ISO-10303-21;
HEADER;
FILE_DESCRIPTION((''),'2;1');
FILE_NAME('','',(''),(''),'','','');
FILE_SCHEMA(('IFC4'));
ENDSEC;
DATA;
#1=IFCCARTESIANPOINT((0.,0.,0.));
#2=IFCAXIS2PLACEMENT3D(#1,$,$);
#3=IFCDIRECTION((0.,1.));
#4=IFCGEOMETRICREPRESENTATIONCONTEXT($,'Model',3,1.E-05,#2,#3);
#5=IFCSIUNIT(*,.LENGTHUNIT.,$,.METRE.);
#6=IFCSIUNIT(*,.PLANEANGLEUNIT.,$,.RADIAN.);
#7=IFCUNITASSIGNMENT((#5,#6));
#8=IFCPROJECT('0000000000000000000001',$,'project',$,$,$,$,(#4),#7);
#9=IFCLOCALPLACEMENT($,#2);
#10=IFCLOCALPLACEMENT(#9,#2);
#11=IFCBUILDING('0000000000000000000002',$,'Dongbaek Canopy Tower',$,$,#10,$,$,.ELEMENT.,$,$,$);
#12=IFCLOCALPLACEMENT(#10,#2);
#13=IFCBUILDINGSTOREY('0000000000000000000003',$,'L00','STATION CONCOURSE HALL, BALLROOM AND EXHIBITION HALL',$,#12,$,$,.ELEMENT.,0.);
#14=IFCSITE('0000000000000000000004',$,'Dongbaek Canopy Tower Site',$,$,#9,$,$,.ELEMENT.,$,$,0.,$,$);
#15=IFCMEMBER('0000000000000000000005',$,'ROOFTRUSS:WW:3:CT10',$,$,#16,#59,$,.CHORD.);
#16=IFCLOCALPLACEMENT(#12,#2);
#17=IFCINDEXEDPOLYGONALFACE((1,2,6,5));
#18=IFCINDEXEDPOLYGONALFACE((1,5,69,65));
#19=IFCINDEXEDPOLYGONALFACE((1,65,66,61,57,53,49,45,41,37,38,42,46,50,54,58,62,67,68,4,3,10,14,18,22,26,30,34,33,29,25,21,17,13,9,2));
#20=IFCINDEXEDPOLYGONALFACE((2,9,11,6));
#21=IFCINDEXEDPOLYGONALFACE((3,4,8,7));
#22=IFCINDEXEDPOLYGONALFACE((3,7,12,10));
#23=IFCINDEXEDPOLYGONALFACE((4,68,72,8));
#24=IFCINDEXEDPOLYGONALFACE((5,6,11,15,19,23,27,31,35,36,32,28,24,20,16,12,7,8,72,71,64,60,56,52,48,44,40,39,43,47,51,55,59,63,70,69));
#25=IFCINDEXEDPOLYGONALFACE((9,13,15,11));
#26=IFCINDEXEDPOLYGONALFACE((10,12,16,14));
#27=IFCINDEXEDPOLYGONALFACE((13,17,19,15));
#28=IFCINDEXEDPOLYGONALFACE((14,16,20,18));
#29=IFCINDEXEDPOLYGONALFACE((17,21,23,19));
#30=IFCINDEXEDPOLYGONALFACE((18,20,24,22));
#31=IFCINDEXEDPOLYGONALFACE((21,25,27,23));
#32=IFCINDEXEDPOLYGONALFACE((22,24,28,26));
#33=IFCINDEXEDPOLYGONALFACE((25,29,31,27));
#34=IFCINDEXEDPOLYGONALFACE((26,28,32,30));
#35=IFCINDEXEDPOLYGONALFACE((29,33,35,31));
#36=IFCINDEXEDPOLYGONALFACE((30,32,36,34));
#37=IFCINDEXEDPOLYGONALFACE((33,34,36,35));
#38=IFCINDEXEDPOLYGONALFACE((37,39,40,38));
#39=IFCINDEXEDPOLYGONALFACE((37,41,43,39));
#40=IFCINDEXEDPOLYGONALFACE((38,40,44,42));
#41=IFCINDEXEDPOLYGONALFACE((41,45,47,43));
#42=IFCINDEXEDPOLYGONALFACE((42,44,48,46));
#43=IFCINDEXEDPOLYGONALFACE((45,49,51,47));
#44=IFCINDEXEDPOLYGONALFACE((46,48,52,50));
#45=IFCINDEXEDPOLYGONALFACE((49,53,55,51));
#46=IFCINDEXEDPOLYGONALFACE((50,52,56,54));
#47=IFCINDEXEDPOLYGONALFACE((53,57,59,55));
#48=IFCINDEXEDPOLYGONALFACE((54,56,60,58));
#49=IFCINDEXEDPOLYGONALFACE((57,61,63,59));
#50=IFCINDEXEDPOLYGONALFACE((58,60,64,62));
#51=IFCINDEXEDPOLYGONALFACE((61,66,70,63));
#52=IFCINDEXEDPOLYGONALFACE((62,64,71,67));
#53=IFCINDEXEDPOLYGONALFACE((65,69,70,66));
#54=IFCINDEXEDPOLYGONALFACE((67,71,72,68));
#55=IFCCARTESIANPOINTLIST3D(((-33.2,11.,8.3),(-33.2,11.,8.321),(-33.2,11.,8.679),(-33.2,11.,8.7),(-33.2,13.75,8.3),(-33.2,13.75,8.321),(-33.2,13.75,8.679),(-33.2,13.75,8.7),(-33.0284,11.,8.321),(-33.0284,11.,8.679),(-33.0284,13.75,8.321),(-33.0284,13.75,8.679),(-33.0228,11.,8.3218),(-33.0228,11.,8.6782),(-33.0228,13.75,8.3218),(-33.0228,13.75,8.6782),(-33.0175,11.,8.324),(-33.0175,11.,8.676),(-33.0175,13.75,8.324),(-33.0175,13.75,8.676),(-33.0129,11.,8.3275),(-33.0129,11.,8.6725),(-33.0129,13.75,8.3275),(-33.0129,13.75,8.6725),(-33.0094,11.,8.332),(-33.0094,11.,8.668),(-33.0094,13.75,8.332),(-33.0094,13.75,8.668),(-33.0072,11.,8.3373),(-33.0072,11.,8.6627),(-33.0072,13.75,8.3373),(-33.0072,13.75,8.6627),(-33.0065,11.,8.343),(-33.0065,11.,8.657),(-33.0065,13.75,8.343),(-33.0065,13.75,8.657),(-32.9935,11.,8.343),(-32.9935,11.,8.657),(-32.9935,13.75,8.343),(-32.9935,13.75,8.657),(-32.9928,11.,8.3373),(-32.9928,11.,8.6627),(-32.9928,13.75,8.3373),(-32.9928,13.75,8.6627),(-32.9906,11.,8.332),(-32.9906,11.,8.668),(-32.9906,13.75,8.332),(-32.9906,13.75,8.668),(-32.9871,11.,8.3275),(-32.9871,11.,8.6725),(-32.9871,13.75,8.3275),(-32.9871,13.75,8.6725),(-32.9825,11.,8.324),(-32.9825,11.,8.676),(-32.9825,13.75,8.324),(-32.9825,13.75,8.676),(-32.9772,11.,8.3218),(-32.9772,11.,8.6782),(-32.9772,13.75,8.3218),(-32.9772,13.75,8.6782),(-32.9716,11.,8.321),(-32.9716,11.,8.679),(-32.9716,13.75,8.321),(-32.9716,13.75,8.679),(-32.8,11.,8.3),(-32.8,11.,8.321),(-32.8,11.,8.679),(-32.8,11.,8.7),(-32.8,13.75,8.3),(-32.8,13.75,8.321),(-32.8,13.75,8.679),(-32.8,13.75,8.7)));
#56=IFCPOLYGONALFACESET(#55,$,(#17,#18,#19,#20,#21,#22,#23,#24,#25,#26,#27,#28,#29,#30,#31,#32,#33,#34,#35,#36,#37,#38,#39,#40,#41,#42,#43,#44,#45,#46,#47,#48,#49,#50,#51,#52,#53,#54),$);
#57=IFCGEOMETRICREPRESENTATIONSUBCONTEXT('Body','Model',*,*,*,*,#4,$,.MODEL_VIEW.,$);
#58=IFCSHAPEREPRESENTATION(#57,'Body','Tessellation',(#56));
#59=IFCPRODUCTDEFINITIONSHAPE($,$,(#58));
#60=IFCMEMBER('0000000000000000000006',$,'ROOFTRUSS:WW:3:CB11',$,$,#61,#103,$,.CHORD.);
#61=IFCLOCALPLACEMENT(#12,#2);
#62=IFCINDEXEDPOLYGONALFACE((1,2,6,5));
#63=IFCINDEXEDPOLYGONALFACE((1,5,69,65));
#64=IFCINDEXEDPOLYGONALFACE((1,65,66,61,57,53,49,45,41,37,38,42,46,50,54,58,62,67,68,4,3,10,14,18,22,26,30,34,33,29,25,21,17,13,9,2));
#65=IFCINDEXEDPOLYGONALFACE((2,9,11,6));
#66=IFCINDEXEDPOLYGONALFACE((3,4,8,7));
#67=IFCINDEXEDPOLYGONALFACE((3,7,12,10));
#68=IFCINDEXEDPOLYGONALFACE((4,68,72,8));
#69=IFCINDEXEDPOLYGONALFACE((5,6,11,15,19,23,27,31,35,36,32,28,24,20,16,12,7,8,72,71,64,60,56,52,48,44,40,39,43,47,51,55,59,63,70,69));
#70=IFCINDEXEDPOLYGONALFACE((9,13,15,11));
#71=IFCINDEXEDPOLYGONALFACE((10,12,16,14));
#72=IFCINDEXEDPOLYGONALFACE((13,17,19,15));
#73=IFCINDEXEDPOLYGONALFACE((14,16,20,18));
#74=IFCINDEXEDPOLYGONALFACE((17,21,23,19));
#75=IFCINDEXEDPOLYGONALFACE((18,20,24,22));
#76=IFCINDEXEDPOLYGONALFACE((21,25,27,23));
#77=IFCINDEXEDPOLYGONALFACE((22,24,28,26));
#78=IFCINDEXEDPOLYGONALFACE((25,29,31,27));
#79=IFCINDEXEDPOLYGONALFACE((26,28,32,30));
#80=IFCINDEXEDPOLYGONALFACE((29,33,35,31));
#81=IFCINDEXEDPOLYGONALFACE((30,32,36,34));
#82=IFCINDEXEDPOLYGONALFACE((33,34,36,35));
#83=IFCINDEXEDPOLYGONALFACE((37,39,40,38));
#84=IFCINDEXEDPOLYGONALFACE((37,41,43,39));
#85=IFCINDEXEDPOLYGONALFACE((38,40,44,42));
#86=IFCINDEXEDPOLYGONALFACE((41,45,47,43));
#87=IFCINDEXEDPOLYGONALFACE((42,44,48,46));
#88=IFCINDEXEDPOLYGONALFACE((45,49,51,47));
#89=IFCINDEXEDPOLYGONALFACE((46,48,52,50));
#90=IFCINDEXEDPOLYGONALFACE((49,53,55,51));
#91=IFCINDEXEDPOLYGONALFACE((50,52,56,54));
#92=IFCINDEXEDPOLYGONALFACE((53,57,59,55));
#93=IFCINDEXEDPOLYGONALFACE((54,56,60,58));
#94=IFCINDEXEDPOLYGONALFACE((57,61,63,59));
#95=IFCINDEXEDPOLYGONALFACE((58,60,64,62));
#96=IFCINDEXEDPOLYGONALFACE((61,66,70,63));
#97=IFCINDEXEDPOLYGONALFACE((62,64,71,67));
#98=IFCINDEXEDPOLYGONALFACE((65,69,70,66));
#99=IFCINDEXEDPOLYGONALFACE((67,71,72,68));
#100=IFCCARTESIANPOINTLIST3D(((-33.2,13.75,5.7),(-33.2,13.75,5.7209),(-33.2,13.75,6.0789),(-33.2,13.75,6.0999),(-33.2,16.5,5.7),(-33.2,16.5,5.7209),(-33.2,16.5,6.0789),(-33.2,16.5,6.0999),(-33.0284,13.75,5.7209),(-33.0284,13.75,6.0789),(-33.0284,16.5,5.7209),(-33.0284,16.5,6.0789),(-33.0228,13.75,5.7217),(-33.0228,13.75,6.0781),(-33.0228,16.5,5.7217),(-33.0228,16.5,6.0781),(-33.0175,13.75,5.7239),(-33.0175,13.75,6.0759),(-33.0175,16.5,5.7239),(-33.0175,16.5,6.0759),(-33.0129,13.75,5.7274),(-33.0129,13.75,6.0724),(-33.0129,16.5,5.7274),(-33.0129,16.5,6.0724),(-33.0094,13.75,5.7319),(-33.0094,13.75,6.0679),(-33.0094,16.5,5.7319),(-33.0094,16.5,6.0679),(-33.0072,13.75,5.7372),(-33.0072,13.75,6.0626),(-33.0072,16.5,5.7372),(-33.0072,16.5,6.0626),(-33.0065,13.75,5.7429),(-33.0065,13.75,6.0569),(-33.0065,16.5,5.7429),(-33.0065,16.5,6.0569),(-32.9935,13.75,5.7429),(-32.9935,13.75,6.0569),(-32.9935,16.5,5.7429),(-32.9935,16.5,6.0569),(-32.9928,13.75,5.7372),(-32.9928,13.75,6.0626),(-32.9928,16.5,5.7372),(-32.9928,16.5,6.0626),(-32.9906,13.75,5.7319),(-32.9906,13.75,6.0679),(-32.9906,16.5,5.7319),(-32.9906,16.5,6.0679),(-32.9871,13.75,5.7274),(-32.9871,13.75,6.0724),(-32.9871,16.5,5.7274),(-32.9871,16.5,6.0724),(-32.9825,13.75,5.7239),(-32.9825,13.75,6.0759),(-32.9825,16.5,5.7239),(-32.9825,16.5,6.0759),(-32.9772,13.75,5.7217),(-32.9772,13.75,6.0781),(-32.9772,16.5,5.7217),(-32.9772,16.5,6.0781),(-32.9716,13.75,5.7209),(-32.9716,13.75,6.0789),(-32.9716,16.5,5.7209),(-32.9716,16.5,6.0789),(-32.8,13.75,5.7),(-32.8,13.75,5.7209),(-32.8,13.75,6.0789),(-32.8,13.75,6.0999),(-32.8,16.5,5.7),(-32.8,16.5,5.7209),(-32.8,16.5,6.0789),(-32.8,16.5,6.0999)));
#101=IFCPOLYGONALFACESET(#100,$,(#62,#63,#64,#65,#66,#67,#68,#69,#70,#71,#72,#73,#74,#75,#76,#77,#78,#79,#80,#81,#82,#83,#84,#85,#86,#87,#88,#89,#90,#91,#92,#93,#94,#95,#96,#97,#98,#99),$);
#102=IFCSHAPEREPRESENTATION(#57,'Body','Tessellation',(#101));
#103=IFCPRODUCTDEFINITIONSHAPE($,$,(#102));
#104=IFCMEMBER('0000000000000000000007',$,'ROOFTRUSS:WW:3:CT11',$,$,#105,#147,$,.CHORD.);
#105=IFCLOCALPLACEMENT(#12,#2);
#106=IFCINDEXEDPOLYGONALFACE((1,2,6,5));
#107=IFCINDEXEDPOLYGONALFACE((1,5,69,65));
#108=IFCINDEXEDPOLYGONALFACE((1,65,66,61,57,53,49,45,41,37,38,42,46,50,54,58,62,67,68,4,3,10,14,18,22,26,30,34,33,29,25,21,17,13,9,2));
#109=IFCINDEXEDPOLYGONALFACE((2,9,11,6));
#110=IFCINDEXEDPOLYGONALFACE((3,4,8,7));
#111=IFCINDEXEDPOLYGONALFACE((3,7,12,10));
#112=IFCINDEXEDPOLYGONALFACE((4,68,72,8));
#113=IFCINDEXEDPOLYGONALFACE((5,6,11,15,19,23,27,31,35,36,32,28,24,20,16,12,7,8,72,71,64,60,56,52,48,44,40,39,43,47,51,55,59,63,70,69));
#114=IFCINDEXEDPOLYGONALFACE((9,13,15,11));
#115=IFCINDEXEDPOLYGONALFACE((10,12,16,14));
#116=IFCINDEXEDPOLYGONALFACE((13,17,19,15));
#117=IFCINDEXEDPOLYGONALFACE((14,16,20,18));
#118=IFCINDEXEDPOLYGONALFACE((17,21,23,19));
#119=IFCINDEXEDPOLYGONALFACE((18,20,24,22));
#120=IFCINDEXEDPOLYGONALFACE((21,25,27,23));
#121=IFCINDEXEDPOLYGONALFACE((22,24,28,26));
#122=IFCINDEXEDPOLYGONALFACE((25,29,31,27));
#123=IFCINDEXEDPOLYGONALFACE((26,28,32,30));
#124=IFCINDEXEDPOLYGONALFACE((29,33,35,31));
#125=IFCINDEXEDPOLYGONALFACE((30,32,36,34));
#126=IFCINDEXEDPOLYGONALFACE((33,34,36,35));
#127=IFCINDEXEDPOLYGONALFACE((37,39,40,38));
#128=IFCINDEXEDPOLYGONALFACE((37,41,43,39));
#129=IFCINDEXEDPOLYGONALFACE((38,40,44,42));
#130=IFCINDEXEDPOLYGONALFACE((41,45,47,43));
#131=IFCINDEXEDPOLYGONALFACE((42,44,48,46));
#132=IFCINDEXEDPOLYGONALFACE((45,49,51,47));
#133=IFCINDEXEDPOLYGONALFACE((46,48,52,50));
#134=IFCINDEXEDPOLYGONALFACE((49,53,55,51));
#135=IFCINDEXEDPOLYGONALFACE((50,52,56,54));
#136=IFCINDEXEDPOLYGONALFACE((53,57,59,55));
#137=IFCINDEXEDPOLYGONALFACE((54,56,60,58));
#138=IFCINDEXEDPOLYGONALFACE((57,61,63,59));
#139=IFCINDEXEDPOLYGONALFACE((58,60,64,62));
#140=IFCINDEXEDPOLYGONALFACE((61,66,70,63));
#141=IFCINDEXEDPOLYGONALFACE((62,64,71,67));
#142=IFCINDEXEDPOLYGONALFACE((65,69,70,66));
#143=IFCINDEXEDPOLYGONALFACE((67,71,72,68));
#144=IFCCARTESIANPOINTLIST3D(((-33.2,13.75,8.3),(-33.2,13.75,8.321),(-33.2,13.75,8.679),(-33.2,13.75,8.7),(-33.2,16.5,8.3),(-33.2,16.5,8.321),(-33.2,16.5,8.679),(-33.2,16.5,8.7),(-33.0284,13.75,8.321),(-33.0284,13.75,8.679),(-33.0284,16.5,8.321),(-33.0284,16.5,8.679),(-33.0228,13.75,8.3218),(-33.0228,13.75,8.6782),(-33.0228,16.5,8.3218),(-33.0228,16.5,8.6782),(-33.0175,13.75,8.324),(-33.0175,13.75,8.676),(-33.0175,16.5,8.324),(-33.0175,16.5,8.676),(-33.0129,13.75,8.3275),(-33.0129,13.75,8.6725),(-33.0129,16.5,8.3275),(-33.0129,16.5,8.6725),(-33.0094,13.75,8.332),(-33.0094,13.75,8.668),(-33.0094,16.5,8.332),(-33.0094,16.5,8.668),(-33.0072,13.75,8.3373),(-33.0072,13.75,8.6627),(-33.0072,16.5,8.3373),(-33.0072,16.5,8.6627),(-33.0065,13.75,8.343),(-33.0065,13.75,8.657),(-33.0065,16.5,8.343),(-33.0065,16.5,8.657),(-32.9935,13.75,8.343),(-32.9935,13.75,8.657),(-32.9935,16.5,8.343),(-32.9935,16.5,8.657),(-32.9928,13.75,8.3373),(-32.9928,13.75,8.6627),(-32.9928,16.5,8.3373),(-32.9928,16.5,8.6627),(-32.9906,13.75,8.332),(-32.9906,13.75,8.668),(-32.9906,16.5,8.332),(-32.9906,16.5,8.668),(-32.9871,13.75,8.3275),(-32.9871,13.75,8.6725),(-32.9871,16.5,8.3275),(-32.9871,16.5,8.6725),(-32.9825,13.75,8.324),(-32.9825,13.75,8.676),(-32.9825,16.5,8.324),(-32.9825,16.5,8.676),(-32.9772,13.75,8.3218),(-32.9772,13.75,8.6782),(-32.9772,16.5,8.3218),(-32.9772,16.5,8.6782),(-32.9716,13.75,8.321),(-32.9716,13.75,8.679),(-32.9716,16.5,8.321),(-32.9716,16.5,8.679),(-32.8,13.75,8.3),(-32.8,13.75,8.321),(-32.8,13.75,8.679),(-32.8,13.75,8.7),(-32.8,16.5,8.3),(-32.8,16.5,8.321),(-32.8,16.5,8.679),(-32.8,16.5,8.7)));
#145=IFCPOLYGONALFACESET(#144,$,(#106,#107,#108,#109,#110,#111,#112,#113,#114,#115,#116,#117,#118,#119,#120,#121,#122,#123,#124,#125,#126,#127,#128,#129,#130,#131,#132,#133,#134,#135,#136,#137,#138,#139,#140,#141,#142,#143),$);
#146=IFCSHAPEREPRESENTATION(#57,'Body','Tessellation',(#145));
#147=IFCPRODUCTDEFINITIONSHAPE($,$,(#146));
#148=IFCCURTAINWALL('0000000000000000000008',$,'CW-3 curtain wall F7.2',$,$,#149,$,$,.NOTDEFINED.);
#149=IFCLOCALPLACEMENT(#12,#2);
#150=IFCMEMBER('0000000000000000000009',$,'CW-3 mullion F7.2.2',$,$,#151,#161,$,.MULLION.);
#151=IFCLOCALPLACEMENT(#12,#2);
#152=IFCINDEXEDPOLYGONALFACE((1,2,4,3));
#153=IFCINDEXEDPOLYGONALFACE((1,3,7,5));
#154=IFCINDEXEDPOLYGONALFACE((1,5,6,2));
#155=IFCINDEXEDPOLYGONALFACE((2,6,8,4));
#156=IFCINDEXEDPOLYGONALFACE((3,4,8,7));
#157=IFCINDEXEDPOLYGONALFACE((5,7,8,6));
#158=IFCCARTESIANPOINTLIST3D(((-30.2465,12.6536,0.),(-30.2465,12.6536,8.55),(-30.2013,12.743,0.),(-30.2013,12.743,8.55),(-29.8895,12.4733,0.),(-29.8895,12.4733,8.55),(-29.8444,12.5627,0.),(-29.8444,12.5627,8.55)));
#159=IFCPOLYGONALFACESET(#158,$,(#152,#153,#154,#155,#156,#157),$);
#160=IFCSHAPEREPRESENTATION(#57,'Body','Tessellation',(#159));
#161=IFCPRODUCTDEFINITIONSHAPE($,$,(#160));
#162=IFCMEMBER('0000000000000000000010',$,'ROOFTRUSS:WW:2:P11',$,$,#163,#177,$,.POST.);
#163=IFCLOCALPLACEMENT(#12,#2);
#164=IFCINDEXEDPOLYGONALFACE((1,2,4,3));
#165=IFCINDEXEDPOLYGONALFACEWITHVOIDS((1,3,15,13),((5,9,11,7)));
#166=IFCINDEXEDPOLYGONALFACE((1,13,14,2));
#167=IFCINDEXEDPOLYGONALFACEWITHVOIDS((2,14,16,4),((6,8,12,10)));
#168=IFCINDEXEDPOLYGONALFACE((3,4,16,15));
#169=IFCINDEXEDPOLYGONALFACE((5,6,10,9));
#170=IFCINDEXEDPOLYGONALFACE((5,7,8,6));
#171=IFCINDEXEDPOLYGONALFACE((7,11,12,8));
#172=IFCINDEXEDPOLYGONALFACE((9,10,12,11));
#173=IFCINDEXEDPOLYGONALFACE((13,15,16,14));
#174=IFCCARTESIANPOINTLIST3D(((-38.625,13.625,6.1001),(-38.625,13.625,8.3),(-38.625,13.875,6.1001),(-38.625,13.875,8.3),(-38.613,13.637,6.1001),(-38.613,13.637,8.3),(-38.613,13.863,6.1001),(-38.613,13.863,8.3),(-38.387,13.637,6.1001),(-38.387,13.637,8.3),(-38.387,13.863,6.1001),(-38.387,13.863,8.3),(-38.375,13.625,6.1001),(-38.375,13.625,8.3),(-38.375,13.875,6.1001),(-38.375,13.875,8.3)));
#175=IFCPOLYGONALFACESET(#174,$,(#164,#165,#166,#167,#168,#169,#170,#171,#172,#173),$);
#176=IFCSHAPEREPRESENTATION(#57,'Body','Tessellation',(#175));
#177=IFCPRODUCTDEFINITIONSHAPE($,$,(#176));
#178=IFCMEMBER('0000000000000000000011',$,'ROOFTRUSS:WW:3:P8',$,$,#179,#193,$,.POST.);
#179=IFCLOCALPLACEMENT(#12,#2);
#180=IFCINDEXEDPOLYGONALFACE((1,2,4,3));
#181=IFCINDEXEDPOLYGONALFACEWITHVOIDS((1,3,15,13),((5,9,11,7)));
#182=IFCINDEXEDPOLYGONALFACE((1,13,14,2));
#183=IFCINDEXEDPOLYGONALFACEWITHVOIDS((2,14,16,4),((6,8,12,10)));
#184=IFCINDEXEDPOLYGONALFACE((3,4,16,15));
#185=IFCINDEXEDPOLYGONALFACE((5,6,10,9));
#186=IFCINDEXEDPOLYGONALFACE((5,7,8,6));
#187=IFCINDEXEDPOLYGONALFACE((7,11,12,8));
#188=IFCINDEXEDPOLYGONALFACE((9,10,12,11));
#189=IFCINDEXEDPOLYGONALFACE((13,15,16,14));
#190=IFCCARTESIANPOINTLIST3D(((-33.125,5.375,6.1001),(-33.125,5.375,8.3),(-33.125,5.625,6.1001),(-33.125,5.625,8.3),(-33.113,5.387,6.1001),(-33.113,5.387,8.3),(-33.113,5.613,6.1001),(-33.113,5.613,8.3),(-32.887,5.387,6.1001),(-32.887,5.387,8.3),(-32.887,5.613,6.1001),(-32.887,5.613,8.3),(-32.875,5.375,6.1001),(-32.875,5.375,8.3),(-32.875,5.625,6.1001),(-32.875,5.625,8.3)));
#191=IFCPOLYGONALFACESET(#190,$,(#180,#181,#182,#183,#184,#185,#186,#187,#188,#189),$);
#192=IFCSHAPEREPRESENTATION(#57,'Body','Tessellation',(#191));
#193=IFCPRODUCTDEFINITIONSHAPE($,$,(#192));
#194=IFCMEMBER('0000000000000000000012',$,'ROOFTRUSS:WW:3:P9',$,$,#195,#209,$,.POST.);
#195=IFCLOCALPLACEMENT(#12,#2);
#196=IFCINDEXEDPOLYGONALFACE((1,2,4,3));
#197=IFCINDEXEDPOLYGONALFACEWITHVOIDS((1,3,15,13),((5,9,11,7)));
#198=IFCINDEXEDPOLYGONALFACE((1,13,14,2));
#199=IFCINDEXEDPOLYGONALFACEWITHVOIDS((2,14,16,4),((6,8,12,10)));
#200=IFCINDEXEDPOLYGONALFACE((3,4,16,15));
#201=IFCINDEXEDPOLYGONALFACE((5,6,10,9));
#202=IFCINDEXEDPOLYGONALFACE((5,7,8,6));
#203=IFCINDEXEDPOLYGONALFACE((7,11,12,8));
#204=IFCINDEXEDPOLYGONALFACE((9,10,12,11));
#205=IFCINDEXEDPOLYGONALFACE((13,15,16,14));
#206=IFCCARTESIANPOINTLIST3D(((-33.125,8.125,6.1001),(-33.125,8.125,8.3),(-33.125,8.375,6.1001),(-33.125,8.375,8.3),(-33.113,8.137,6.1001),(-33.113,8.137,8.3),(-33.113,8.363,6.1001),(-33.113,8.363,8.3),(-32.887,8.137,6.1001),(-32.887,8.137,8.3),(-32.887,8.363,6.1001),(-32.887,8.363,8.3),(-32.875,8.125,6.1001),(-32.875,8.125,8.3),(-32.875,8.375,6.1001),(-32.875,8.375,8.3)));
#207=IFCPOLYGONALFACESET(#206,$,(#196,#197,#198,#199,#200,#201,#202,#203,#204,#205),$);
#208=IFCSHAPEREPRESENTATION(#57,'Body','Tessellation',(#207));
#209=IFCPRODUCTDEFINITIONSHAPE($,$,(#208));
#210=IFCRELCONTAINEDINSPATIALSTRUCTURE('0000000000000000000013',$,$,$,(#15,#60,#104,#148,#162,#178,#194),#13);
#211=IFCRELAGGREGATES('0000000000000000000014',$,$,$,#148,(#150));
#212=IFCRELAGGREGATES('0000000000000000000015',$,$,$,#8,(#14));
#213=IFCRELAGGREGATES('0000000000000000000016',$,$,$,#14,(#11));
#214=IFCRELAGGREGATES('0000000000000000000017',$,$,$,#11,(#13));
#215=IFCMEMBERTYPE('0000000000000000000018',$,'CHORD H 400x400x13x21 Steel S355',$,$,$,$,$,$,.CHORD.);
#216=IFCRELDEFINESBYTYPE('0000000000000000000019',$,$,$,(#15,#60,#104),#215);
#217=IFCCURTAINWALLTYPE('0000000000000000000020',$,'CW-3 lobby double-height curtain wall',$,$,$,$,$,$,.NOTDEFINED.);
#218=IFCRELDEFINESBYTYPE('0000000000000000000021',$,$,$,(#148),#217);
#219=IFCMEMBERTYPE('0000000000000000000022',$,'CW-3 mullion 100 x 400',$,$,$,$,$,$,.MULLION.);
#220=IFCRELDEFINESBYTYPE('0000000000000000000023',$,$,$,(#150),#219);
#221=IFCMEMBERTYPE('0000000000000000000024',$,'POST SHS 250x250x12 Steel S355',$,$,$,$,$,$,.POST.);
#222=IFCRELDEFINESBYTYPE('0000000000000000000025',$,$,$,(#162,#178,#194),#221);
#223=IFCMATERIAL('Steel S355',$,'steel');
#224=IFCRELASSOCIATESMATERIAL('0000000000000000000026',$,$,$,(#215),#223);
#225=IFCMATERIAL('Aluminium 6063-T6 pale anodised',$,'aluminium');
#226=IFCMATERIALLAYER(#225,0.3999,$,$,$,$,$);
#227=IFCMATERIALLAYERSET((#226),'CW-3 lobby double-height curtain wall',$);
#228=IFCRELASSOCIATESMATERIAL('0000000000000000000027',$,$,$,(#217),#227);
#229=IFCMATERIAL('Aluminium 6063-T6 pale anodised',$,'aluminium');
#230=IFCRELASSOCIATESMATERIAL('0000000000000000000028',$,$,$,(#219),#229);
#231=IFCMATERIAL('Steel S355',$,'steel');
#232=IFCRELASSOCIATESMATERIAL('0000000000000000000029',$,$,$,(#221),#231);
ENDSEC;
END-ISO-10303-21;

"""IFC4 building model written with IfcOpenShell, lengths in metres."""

from ifc_helpers import new_model, si_unit, direction, frame, origin, origin_2d, place, context, subcontext, project, spatial, rectangle, hollow_rectangle, i_section, extrude, material, layer, layer_set, material_profile, profile_set, type_object, element, aggregate, save


model = new_model("IFC4")

# Units and contexts
model_context = context("Model", 3, precision=1e-05, world=origin(), true_north=direction((0.0, 1.0)))
body_context = subcontext(model_context, "Body", "Model", "MODEL_VIEW")
ifc_project = project(units=[si_unit("LENGTHUNIT", "METRE"), si_unit("PLANEANGLEUNIT", "RADIAN")], contexts=[model_context])

# Site, building, storey
site_placement = place(None, origin())
site = spatial("IfcSite", under=ifc_project, at=site_placement, Name="Dongbaek Canopy Tower Site", CompositionType="ELEMENT", RefElevation=0.0)
building_placement = place(site_placement, origin())
building = spatial("IfcBuilding", under=site, at=building_placement, Name="Dongbaek Canopy Tower", CompositionType="ELEMENT")
storey_placement = place(building_placement, origin())
storey = spatial("IfcBuildingStorey", under=building, at=storey_placement, Name="L00", Description="STATION CONCOURSE HALL, BALLROOM AND EXHIBITION HALL", CompositionType="ELEMENT", Elevation=0.0)

# Members
ifc_material_1 = material(Name="Steel S355", Category="steel")
ifc_material_profile_1 = material_profile(ifc_material_1, i_section(OverallWidth=0.3999, OverallDepth=0.3999, WebThickness=0.0129, FlangeThickness=0.021, FilletRadius=0.022, at=origin_2d()), Name="CHORD H 400x400x13x21 Steel S355")
ifc_profile_set_1 = profile_set([ifc_material_profile_1], Name="Steel S355")
member_type_1 = type_object("IfcMemberType", Name="CHORD H 400x400x13x21 Steel S355", PredefinedType="CHORD", material=ifc_profile_set_1)
for number, where, z_axis, x_axis, name in (
    (1, (-33.0, 11.0, 8.5), (0.0, 1.0, 0.0), (-1.0, 0.0, 0.0), "ROOFTRUSS:WW:3:CT10"),
    (2, (-33.0, 13.75, 5.8999), (0.0, 1.0, 0.0), (-1.0, 0.0, 0.0), "ROOFTRUSS:WW:3:CB11"),
    (3, (-33.0, 13.75, 8.5), (0.0, 1.0, 0.0), (-1.0, 0.0, 0.0), "ROOFTRUSS:WW:3:CT11"),
):
    element("IfcMember", number, at=place(storey_placement, frame(where, z_axis=z_axis, x_axis=x_axis)), inside=storey, type_object=member_type_1, Name=name, PredefinedType="CHORD", context=body_context, shape_type="SweptSolid", body=[
        extrude(i_section(OverallWidth=0.3999, OverallDepth=0.3999, WebThickness=0.0129, FlangeThickness=0.021, FilletRadius=0.022, at=origin_2d()), origin(), (0.0, 0.0, 1.0), 2.75),
    ])

# Curtain wall, member
ifc_material_2 = material(Name="Aluminium 6063-T6 pale anodised", Category="aluminium")
ifc_layer_1 = layer(ifc_material_2, 0.3999)
ifc_layer_set_1 = layer_set([ifc_layer_1], Name="CW-3 lobby double-height curtain wall")
curtain_wall_type = type_object("IfcCurtainWallType", Name="CW-3 lobby double-height curtain wall", PredefinedType="NOTDEFINED", material=ifc_layer_set_1)
curtain_wall_placement = place(storey_placement, origin())
curtain_wall = element("IfcCurtainWall", 4, at=curtain_wall_placement, inside=storey, type_object=curtain_wall_type, Name="CW-3 curtain wall F7.2", PredefinedType="NOTDEFINED")
ifc_material_3 = material(Name="Aluminium 6063-T6 pale anodised", Category="aluminium")
ifc_material_profile_2 = material_profile(ifc_material_3, rectangle(XDim=0.3999, YDim=0.1001, at=origin_2d()), Name="CW-3 mullion 100 x 400")
ifc_profile_set_2 = profile_set([ifc_material_profile_2], Name="Aluminium 6063-T6 pale anodised")
member_type_2 = type_object("IfcMemberType", Name="CW-3 mullion 100 x 400", PredefinedType="MULLION", material=ifc_profile_set_2)
member_placement = place(storey_placement, frame((-30.0454, 12.6082, 0.0), z_axis=(0.0, 0.0, 1.0), x_axis=(-0.89264, 0.450769, 0.0)))
member = element("IfcMember", 5, at=member_placement, type_object=member_type_2, Name="CW-3 mullion F7.2.2", PredefinedType="MULLION", context=body_context, shape_type="SweptSolid", body=[
    extrude(rectangle(XDim=0.3999, YDim=0.1001, at=origin_2d()), origin(), (0.0, 0.0, 1.0), 8.55),
])

# Members
ifc_material_4 = material(Name="Steel S355", Category="steel")
ifc_material_profile_3 = material_profile(ifc_material_4, hollow_rectangle(XDim=0.25, YDim=0.25, WallThickness=0.012, at=origin_2d()), Name="POST SHS 250x250x12 Steel S355")
ifc_profile_set_3 = profile_set([ifc_material_profile_3], Name="Steel S355")
member_type_3 = type_object("IfcMemberType", Name="POST SHS 250x250x12 Steel S355", PredefinedType="POST", material=ifc_profile_set_3)
for number, where, z_axis, x_axis, name in (
    (6, (-38.5, 13.75, 6.1001), (0.0, 0.0, 1.0), (1.0, 0.0, 0.0), "ROOFTRUSS:WW:2:P11"),
    (7, (-33.0, 5.5, 6.1001), (0.0, 0.0, 1.0), (1.0, 0.0, 0.0), "ROOFTRUSS:WW:3:P8"),
    (8, (-33.0, 8.25, 6.1001), (0.0, 0.0, 1.0), (1.0, 0.0, 0.0), "ROOFTRUSS:WW:3:P9"),
):
    element("IfcMember", number, at=place(storey_placement, frame(where, z_axis=z_axis, x_axis=x_axis)), inside=storey, type_object=member_type_3, Name=name, PredefinedType="POST", context=body_context, shape_type="SweptSolid", body=[
        extrude(hollow_rectangle(XDim=0.25, YDim=0.25, WallThickness=0.012, at=origin_2d()), origin(), (0.0, 0.0, 1.0), 2.2),
    ])

aggregate(curtain_wall, [member])

save(model, "model.ifc")
